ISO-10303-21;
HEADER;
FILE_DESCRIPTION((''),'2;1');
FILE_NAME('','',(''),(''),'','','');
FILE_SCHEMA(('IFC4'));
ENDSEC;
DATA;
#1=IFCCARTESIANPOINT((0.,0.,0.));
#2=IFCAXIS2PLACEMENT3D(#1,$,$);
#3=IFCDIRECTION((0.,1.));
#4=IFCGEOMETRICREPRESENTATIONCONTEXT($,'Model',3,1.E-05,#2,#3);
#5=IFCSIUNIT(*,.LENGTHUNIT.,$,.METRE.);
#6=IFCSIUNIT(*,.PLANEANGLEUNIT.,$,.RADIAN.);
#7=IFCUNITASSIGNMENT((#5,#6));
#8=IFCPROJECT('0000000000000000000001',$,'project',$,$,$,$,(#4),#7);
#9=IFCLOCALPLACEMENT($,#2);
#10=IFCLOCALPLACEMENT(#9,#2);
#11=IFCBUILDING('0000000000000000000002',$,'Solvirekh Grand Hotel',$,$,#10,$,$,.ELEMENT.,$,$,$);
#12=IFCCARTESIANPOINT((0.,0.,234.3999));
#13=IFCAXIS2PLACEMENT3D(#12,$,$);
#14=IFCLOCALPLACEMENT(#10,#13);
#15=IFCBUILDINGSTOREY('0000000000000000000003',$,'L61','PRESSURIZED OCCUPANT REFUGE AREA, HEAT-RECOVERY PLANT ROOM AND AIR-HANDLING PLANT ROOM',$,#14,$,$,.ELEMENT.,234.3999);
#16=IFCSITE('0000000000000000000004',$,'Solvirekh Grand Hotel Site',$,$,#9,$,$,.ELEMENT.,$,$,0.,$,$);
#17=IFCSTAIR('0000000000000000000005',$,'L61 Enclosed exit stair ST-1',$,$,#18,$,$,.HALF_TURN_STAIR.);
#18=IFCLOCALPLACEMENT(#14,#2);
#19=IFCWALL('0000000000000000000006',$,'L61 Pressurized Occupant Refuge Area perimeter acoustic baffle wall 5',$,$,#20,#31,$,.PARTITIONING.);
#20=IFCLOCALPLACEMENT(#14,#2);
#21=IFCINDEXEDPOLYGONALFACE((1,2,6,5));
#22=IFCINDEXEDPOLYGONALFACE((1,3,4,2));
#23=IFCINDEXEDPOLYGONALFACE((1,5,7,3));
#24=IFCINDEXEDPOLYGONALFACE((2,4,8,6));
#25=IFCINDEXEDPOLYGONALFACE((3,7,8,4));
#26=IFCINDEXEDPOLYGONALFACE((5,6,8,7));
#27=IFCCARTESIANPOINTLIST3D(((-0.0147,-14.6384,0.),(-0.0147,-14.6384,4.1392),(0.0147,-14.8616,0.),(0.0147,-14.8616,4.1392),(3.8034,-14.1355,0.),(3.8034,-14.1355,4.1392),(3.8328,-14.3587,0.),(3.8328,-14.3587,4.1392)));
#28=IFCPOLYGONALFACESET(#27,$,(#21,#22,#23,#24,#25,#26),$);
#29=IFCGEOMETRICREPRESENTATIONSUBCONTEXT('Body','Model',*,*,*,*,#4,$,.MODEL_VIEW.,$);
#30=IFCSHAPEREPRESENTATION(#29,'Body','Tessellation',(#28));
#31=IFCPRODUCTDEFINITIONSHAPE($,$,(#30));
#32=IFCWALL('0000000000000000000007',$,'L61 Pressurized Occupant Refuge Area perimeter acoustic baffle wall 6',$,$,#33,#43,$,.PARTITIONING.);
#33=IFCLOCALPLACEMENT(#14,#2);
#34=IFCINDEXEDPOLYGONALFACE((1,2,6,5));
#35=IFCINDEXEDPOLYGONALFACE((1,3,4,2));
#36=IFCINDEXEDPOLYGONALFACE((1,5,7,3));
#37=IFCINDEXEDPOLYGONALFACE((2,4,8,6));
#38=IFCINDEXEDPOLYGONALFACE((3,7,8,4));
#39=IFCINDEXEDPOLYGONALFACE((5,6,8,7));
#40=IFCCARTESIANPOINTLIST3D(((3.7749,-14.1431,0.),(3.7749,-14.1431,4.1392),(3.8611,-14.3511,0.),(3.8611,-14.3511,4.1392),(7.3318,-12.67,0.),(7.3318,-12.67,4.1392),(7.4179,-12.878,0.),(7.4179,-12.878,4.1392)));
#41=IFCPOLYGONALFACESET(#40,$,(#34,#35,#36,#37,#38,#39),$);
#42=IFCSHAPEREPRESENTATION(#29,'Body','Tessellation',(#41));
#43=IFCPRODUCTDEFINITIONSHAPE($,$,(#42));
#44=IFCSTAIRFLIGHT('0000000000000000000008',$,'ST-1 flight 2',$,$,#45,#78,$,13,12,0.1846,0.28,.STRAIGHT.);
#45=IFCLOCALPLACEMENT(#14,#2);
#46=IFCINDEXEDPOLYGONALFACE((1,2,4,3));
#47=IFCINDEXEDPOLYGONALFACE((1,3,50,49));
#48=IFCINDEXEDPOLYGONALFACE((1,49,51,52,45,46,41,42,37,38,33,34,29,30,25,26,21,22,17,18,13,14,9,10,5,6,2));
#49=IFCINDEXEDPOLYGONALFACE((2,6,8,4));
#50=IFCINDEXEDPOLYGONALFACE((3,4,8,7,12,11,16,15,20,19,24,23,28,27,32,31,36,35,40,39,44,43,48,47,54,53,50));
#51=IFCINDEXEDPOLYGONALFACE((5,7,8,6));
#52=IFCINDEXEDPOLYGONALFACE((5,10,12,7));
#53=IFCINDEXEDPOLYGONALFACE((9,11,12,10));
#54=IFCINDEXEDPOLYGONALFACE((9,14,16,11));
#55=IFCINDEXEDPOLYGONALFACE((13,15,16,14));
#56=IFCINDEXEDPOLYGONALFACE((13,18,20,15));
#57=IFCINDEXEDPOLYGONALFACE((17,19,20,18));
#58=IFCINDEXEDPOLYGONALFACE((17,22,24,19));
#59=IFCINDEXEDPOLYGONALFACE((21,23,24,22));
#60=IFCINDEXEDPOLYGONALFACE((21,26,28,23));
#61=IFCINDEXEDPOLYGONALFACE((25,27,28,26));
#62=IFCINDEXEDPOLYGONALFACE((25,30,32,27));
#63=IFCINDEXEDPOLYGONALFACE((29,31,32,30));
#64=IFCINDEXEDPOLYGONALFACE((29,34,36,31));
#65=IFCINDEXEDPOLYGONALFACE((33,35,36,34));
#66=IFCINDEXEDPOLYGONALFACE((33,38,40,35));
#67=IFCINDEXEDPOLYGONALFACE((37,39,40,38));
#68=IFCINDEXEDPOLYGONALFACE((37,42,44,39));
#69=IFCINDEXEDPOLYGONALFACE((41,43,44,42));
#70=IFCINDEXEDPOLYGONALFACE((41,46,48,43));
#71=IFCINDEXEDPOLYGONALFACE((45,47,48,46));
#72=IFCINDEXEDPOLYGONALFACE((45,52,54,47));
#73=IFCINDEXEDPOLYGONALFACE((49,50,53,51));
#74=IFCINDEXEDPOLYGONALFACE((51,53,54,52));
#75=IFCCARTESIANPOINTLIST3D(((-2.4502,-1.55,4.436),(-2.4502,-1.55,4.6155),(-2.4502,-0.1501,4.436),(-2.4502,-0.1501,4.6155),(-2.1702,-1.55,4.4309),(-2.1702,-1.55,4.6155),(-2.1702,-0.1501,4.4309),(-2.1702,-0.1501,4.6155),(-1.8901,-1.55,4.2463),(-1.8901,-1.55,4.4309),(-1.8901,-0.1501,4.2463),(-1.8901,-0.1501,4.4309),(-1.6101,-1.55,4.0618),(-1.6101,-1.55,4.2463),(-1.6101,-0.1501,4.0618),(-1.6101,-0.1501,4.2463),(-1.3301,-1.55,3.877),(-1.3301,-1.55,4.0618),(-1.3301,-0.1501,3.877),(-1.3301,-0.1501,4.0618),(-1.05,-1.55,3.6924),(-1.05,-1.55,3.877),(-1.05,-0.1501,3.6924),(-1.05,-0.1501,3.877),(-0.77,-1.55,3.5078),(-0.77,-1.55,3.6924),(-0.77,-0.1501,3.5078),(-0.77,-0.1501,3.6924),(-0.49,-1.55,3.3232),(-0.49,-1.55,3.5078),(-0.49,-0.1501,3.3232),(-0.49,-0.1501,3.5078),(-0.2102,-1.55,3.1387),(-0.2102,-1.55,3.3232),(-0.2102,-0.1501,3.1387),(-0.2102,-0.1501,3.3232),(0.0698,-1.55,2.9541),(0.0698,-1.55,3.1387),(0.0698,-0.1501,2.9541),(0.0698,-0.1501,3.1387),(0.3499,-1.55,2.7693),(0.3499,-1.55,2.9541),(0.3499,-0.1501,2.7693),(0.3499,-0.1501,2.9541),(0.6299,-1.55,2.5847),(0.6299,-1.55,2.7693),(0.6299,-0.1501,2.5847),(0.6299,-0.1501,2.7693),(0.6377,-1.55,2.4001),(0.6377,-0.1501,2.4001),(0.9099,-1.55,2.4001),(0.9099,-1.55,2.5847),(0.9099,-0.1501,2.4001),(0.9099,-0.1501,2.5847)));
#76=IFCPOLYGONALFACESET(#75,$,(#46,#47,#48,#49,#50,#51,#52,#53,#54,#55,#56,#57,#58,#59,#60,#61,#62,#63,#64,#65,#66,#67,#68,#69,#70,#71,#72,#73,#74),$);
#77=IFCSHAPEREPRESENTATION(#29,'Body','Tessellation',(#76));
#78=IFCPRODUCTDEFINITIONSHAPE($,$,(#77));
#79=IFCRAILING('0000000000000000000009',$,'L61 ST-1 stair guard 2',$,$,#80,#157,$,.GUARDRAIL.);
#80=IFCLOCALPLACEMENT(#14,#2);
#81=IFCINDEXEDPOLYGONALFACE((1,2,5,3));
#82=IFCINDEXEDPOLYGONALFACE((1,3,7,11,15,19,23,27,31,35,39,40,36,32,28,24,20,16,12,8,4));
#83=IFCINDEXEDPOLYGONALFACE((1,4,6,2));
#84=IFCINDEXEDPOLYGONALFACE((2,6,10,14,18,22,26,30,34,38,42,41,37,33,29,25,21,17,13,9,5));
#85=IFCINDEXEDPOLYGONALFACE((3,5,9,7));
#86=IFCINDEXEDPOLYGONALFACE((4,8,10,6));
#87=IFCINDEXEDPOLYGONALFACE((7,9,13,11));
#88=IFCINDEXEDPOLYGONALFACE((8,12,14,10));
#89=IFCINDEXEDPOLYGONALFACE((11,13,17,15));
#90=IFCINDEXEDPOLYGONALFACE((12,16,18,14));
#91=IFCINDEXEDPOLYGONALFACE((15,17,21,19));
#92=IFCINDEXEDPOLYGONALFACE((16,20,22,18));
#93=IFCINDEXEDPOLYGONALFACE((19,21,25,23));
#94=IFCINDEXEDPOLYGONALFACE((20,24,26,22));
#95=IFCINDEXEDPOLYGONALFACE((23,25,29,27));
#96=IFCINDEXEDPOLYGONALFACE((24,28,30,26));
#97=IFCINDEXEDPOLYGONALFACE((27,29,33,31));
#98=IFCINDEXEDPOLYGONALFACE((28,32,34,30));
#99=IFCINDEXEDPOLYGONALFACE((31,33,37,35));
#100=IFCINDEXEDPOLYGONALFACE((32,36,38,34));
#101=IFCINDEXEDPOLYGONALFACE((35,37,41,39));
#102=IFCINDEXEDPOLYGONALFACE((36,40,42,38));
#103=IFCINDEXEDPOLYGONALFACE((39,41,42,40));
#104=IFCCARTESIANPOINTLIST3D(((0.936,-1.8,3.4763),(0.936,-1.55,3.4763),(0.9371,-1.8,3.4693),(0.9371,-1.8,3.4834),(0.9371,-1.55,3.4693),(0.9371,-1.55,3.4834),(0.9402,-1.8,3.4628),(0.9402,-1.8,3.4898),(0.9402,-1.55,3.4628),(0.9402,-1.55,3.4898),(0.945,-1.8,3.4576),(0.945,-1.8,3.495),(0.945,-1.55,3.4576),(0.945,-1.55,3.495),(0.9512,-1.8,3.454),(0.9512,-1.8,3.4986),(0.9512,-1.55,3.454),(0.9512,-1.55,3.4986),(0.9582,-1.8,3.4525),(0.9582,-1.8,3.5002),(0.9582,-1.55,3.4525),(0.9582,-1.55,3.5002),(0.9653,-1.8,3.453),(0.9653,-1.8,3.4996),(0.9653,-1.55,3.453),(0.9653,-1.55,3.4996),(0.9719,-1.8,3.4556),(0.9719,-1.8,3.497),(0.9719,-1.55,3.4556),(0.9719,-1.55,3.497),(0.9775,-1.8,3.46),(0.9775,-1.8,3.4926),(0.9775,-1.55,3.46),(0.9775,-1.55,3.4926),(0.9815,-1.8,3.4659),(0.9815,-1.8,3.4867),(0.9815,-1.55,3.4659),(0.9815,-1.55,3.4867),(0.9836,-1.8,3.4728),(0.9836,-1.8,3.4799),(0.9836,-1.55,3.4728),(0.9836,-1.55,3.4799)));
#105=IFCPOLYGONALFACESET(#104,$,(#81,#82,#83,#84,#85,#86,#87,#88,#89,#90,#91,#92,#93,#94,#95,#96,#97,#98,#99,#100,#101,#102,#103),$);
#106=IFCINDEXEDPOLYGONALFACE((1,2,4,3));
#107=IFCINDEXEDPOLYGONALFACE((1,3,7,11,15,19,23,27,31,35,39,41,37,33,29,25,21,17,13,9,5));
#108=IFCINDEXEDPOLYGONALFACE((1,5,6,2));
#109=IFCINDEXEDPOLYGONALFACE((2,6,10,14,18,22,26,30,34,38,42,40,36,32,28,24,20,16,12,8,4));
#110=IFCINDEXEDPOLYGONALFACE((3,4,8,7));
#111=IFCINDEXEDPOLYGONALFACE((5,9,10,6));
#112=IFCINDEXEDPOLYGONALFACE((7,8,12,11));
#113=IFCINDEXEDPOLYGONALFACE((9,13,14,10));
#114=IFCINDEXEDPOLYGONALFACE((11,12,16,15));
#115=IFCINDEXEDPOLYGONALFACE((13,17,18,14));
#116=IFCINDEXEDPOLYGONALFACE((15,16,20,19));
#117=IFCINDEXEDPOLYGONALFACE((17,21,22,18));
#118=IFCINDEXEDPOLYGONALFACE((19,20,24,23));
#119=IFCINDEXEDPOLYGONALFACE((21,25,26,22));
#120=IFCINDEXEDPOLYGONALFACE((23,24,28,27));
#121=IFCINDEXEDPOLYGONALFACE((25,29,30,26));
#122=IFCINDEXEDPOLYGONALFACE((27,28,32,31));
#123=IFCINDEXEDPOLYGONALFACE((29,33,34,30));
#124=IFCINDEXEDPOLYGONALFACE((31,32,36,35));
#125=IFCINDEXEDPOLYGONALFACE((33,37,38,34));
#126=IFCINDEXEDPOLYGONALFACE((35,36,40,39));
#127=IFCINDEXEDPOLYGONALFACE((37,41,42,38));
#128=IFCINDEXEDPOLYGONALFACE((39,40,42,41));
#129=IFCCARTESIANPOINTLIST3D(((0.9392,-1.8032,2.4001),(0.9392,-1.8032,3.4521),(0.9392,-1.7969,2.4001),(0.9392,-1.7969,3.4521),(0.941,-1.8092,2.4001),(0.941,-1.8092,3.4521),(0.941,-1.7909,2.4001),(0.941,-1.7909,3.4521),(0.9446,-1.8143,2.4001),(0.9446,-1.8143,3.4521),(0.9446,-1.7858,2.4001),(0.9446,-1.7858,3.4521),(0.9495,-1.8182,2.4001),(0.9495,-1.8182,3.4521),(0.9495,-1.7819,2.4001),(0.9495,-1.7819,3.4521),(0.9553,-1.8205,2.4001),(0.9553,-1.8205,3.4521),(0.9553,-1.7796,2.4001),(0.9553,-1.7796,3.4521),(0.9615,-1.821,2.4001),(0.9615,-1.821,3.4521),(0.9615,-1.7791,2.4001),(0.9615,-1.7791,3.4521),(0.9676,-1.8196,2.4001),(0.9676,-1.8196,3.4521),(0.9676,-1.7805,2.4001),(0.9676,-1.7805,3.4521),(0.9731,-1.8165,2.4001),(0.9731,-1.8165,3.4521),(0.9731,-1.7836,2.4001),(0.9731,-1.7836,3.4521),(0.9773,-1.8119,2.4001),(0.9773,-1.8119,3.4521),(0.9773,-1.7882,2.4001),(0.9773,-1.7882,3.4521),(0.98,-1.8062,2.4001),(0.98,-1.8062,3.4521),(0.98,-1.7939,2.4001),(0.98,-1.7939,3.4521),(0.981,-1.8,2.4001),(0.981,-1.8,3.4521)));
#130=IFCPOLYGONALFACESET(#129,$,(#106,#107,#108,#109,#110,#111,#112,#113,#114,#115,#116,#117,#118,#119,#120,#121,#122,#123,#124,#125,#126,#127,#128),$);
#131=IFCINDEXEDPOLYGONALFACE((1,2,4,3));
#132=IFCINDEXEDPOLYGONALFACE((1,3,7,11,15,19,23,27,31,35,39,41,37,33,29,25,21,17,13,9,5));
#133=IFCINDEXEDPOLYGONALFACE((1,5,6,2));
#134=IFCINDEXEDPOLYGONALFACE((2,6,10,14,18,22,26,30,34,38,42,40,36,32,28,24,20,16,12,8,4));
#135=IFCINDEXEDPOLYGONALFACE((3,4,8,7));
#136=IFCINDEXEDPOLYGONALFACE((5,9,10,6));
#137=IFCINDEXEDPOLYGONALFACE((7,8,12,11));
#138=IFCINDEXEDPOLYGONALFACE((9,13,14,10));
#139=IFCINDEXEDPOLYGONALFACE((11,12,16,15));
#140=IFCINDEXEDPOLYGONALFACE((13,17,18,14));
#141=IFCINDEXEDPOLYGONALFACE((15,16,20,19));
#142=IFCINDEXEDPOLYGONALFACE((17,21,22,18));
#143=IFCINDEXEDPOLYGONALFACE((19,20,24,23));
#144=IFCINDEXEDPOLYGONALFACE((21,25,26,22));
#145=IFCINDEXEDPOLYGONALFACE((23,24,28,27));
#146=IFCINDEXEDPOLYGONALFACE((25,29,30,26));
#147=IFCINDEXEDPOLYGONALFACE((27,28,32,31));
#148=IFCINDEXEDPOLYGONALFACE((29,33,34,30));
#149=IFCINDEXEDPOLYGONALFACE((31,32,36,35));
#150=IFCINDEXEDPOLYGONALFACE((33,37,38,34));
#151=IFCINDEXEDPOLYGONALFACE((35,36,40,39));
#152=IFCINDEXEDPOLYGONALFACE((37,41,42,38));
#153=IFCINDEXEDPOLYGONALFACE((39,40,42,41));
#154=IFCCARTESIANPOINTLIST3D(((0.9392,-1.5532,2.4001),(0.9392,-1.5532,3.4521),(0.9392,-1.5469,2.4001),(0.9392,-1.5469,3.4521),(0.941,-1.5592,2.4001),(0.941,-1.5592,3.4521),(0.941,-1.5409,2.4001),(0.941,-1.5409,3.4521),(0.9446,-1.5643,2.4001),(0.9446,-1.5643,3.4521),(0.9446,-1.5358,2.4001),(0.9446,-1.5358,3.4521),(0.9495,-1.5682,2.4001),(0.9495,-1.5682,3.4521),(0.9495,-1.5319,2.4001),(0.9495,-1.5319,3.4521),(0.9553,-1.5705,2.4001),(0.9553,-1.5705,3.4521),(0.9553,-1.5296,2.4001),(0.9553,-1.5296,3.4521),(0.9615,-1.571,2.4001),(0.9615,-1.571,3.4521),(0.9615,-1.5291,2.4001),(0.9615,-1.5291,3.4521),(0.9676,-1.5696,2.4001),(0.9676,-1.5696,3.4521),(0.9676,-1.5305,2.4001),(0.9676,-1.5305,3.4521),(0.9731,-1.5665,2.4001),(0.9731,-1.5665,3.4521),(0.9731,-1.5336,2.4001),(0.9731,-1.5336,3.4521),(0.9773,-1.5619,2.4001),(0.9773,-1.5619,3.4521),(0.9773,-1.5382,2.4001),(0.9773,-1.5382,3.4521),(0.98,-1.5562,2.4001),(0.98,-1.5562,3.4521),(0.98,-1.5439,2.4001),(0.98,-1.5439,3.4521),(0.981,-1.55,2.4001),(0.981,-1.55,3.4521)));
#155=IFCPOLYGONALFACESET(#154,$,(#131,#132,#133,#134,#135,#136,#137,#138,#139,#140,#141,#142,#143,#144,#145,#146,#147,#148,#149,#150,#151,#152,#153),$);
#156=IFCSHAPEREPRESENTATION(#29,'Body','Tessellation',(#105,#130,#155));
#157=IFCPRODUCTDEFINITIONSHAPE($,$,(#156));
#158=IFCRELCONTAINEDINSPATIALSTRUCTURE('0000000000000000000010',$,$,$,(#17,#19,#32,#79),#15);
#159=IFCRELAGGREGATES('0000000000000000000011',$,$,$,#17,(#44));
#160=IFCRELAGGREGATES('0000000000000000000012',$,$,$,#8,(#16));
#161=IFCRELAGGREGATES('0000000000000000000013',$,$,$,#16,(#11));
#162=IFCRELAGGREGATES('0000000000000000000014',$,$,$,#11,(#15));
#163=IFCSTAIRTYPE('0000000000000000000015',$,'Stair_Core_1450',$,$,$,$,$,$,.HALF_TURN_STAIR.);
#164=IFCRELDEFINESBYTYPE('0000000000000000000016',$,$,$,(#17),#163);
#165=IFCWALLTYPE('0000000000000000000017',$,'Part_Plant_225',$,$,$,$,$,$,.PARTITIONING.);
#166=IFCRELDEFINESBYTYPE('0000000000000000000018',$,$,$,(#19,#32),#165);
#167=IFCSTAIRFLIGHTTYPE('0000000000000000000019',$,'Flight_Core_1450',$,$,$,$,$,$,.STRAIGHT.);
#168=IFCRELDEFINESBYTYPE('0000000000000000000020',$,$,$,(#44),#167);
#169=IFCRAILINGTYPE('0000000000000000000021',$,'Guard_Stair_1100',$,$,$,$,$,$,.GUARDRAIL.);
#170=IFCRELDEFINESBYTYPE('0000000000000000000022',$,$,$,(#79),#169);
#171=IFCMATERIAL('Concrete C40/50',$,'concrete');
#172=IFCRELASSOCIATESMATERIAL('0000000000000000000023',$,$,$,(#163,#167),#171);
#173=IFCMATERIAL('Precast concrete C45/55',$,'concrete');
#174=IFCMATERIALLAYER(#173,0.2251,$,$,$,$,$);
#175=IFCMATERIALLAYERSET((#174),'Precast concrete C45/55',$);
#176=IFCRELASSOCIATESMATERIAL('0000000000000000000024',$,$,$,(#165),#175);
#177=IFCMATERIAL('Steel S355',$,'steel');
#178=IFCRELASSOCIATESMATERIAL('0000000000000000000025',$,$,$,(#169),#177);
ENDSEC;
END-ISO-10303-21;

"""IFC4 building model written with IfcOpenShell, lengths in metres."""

from ifc_helpers import new_model, si_unit, direction, frame, frame_2d, origin, origin_2d, place, context, subcontext, project, spatial, polyline, rectangle, circle, outline, extrude, material, layer, layer_set, type_object, element, aggregate, save


model = new_model("IFC4")

# Units and contexts
model_context = context("Model", 3, precision=1e-05, world=origin(), true_north=direction((0.0, 1.0)))
body_context = subcontext(model_context, "Body", "Model", "MODEL_VIEW")
ifc_project = project(units=[si_unit("LENGTHUNIT", "METRE"), si_unit("PLANEANGLEUNIT", "RADIAN")], contexts=[model_context])

# Site, building, storey
site_placement = place(None, origin())
site = spatial("IfcSite", under=ifc_project, at=site_placement, Name="Solvirekh Grand Hotel Site", CompositionType="ELEMENT", RefElevation=0.0)
building_placement = place(site_placement, origin())
building = spatial("IfcBuilding", under=site, at=building_placement, Name="Solvirekh Grand Hotel", CompositionType="ELEMENT")
storey_placement = place(building_placement, frame((0.0, 0.0, 234.3999)))
storey = spatial("IfcBuildingStorey", under=building, at=storey_placement, Name="L61", Description="PRESSURIZED OCCUPANT REFUGE AREA, HEAT-RECOVERY PLANT ROOM AND AIR-HANDLING PLANT ROOM", CompositionType="ELEMENT", Elevation=234.3999)

# Shared definitions
ifc_material_1 = material(Name="Steel S355", Category="steel")

# Stair
ifc_material_2 = material(Name="Concrete C40/50", Category="concrete")
stair_type = type_object("IfcStairType", Name="Stair_Core_1450", PredefinedType="HALF_TURN_STAIR", material=ifc_material_2)
stair_1_placement = place(storey_placement, origin())
stair_1 = element("IfcStair", 1, at=stair_1_placement, inside=storey, type_object=stair_type, Name="L61 Enclosed exit stair ST-1", PredefinedType="HALF_TURN_STAIR")

# Shared definitions
ifc_material_3 = material(Name="Precast concrete C45/55", Category="concrete")

# Shared definitions
ifc_layer_1 = layer(ifc_material_3, 0.2251)
ifc_layer_set_1 = layer_set([ifc_layer_1], Name="Precast concrete C45/55")
wall_type_1 = type_object("IfcWallType", Name="Part_Plant_225", PredefinedType="PARTITIONING", material=ifc_layer_set_1)

# Walls
wall_1_placement = place(storey_placement, frame((0.0, -14.75, 0.0), z_axis=(0.0, 0.0, 1.0), x_axis=(0.991436, 0.130594, 0.0)))
element("IfcWall", 2, at=wall_1_placement, inside=storey, type_object=wall_type_1, Name="L61 Pressurized Occupant Refuge Area perimeter acoustic baffle wall 5", PredefinedType="PARTITIONING", context=body_context, shape_type="SweptSolid", body=[
    extrude(rectangle(XDim=3.8511, YDim=0.2251, at=frame_2d((1.9255, 0.0))), origin(), (0.0, 0.0, 1.0), 4.1392),
])
wall_2_placement = place(storey_placement, frame((3.8181, -14.2471, 0.0), z_axis=(0.0, 0.0, 1.0), x_axis=(0.923895, 0.382647, 0.0)))
element("IfcWall", 3, at=wall_2_placement, inside=storey, type_object=wall_type_1, Name="L61 Pressurized Occupant Refuge Area perimeter acoustic baffle wall 6", PredefinedType="PARTITIONING", context=body_context, shape_type="SweptSolid", body=[
    extrude(rectangle(XDim=3.8499, YDim=0.2251, at=frame_2d((1.9248, 0.0))), origin(), (0.0, 0.0, 1.0), 4.1392),
])

# Stair flight
stair_flight_type = type_object("IfcStairFlightType", Name="Flight_Core_1450", PredefinedType="STRAIGHT", material=ifc_material_2)
stair_flight_placement = place(storey_placement, frame((0.9099, -0.8501, 2.4001), z_axis=(0.0, 0.0, 1.0), x_axis=(-1.0, 0.0, 0.0)))
stair_flight = element("IfcStairFlight", 4, at=stair_flight_placement, type_object=stair_flight_type, Name="ST-1 flight 2", NumberOfRisers=13, NumberOfTreads=12, PredefinedType="STRAIGHT", RiserHeight=0.1846, TreadLength=0.28, context=body_context, shape_type="SweptSolid", body=[
    extrude(outline(polyline([(0.0, 0.0), (0.0, 0.1846), (0.28, 0.1846), (0.28, 0.3691), (0.5601, 0.3691), (0.5601, 0.554), (0.8401, 0.554), (0.8401, 0.7385), (1.1201, 0.7385), (1.1201, 0.9231), (1.3999, 0.9231), (1.3999, 1.1077), (1.6799, 1.1077), (1.6799, 1.2922), (1.96, 1.2922), (1.96, 1.4768), (2.24, 1.4768), (2.24, 1.6616), (2.52, 1.6616), (2.52, 1.8462), (2.8, 1.8462), (2.8, 2.0308), (3.0801, 2.0308), (3.0801, 2.2153), (3.3601, 2.2153), (3.3601, 2.3999), (3.3601, 2.0359), (0.2722, 0.0), (0.0, 0.0)])), frame((0.0, 0.7, 0.0), z_axis=(0.0, -1.0, 0.0), x_axis=(1.0, 0.0, 0.0)), (0.0, 0.0, 1.0), 1.3999),
])
aggregate(stair_1, [stair_flight])

# Railing
railing_type_1 = type_object("IfcRailingType", Name="Guard_Stair_1100", PredefinedType="GUARDRAIL", material=ifc_material_1)
railing_1_placement = place(storey_placement, frame((0.96, -1.8, 2.4001)))
element("IfcRailing", 5, at=railing_1_placement, inside=storey, type_object=railing_type_1, Name="L61 ST-1 stair guard 2", PredefinedType="GUARDRAIL", context=body_context, shape_type="SweptSolid", body=[
    extrude(circle(Radius=0.0239, at=origin_2d()), frame((0.0, 0.0, 1.0762), z_axis=(0.0, 1.0, 0.0), x_axis=(-1.0, 0.0, 0.0)), (0.0, 0.0, 1.0), 0.25),
    extrude(circle(Radius=0.021, at=origin_2d()), origin(), (0.0, 0.0, 1.0), 1.052),
    extrude(circle(Radius=0.021, at=origin_2d()), frame((0.0, 0.25, 0.0)), (0.0, 0.0, 1.0), 1.052),
])

save(model, "model.ifc")
